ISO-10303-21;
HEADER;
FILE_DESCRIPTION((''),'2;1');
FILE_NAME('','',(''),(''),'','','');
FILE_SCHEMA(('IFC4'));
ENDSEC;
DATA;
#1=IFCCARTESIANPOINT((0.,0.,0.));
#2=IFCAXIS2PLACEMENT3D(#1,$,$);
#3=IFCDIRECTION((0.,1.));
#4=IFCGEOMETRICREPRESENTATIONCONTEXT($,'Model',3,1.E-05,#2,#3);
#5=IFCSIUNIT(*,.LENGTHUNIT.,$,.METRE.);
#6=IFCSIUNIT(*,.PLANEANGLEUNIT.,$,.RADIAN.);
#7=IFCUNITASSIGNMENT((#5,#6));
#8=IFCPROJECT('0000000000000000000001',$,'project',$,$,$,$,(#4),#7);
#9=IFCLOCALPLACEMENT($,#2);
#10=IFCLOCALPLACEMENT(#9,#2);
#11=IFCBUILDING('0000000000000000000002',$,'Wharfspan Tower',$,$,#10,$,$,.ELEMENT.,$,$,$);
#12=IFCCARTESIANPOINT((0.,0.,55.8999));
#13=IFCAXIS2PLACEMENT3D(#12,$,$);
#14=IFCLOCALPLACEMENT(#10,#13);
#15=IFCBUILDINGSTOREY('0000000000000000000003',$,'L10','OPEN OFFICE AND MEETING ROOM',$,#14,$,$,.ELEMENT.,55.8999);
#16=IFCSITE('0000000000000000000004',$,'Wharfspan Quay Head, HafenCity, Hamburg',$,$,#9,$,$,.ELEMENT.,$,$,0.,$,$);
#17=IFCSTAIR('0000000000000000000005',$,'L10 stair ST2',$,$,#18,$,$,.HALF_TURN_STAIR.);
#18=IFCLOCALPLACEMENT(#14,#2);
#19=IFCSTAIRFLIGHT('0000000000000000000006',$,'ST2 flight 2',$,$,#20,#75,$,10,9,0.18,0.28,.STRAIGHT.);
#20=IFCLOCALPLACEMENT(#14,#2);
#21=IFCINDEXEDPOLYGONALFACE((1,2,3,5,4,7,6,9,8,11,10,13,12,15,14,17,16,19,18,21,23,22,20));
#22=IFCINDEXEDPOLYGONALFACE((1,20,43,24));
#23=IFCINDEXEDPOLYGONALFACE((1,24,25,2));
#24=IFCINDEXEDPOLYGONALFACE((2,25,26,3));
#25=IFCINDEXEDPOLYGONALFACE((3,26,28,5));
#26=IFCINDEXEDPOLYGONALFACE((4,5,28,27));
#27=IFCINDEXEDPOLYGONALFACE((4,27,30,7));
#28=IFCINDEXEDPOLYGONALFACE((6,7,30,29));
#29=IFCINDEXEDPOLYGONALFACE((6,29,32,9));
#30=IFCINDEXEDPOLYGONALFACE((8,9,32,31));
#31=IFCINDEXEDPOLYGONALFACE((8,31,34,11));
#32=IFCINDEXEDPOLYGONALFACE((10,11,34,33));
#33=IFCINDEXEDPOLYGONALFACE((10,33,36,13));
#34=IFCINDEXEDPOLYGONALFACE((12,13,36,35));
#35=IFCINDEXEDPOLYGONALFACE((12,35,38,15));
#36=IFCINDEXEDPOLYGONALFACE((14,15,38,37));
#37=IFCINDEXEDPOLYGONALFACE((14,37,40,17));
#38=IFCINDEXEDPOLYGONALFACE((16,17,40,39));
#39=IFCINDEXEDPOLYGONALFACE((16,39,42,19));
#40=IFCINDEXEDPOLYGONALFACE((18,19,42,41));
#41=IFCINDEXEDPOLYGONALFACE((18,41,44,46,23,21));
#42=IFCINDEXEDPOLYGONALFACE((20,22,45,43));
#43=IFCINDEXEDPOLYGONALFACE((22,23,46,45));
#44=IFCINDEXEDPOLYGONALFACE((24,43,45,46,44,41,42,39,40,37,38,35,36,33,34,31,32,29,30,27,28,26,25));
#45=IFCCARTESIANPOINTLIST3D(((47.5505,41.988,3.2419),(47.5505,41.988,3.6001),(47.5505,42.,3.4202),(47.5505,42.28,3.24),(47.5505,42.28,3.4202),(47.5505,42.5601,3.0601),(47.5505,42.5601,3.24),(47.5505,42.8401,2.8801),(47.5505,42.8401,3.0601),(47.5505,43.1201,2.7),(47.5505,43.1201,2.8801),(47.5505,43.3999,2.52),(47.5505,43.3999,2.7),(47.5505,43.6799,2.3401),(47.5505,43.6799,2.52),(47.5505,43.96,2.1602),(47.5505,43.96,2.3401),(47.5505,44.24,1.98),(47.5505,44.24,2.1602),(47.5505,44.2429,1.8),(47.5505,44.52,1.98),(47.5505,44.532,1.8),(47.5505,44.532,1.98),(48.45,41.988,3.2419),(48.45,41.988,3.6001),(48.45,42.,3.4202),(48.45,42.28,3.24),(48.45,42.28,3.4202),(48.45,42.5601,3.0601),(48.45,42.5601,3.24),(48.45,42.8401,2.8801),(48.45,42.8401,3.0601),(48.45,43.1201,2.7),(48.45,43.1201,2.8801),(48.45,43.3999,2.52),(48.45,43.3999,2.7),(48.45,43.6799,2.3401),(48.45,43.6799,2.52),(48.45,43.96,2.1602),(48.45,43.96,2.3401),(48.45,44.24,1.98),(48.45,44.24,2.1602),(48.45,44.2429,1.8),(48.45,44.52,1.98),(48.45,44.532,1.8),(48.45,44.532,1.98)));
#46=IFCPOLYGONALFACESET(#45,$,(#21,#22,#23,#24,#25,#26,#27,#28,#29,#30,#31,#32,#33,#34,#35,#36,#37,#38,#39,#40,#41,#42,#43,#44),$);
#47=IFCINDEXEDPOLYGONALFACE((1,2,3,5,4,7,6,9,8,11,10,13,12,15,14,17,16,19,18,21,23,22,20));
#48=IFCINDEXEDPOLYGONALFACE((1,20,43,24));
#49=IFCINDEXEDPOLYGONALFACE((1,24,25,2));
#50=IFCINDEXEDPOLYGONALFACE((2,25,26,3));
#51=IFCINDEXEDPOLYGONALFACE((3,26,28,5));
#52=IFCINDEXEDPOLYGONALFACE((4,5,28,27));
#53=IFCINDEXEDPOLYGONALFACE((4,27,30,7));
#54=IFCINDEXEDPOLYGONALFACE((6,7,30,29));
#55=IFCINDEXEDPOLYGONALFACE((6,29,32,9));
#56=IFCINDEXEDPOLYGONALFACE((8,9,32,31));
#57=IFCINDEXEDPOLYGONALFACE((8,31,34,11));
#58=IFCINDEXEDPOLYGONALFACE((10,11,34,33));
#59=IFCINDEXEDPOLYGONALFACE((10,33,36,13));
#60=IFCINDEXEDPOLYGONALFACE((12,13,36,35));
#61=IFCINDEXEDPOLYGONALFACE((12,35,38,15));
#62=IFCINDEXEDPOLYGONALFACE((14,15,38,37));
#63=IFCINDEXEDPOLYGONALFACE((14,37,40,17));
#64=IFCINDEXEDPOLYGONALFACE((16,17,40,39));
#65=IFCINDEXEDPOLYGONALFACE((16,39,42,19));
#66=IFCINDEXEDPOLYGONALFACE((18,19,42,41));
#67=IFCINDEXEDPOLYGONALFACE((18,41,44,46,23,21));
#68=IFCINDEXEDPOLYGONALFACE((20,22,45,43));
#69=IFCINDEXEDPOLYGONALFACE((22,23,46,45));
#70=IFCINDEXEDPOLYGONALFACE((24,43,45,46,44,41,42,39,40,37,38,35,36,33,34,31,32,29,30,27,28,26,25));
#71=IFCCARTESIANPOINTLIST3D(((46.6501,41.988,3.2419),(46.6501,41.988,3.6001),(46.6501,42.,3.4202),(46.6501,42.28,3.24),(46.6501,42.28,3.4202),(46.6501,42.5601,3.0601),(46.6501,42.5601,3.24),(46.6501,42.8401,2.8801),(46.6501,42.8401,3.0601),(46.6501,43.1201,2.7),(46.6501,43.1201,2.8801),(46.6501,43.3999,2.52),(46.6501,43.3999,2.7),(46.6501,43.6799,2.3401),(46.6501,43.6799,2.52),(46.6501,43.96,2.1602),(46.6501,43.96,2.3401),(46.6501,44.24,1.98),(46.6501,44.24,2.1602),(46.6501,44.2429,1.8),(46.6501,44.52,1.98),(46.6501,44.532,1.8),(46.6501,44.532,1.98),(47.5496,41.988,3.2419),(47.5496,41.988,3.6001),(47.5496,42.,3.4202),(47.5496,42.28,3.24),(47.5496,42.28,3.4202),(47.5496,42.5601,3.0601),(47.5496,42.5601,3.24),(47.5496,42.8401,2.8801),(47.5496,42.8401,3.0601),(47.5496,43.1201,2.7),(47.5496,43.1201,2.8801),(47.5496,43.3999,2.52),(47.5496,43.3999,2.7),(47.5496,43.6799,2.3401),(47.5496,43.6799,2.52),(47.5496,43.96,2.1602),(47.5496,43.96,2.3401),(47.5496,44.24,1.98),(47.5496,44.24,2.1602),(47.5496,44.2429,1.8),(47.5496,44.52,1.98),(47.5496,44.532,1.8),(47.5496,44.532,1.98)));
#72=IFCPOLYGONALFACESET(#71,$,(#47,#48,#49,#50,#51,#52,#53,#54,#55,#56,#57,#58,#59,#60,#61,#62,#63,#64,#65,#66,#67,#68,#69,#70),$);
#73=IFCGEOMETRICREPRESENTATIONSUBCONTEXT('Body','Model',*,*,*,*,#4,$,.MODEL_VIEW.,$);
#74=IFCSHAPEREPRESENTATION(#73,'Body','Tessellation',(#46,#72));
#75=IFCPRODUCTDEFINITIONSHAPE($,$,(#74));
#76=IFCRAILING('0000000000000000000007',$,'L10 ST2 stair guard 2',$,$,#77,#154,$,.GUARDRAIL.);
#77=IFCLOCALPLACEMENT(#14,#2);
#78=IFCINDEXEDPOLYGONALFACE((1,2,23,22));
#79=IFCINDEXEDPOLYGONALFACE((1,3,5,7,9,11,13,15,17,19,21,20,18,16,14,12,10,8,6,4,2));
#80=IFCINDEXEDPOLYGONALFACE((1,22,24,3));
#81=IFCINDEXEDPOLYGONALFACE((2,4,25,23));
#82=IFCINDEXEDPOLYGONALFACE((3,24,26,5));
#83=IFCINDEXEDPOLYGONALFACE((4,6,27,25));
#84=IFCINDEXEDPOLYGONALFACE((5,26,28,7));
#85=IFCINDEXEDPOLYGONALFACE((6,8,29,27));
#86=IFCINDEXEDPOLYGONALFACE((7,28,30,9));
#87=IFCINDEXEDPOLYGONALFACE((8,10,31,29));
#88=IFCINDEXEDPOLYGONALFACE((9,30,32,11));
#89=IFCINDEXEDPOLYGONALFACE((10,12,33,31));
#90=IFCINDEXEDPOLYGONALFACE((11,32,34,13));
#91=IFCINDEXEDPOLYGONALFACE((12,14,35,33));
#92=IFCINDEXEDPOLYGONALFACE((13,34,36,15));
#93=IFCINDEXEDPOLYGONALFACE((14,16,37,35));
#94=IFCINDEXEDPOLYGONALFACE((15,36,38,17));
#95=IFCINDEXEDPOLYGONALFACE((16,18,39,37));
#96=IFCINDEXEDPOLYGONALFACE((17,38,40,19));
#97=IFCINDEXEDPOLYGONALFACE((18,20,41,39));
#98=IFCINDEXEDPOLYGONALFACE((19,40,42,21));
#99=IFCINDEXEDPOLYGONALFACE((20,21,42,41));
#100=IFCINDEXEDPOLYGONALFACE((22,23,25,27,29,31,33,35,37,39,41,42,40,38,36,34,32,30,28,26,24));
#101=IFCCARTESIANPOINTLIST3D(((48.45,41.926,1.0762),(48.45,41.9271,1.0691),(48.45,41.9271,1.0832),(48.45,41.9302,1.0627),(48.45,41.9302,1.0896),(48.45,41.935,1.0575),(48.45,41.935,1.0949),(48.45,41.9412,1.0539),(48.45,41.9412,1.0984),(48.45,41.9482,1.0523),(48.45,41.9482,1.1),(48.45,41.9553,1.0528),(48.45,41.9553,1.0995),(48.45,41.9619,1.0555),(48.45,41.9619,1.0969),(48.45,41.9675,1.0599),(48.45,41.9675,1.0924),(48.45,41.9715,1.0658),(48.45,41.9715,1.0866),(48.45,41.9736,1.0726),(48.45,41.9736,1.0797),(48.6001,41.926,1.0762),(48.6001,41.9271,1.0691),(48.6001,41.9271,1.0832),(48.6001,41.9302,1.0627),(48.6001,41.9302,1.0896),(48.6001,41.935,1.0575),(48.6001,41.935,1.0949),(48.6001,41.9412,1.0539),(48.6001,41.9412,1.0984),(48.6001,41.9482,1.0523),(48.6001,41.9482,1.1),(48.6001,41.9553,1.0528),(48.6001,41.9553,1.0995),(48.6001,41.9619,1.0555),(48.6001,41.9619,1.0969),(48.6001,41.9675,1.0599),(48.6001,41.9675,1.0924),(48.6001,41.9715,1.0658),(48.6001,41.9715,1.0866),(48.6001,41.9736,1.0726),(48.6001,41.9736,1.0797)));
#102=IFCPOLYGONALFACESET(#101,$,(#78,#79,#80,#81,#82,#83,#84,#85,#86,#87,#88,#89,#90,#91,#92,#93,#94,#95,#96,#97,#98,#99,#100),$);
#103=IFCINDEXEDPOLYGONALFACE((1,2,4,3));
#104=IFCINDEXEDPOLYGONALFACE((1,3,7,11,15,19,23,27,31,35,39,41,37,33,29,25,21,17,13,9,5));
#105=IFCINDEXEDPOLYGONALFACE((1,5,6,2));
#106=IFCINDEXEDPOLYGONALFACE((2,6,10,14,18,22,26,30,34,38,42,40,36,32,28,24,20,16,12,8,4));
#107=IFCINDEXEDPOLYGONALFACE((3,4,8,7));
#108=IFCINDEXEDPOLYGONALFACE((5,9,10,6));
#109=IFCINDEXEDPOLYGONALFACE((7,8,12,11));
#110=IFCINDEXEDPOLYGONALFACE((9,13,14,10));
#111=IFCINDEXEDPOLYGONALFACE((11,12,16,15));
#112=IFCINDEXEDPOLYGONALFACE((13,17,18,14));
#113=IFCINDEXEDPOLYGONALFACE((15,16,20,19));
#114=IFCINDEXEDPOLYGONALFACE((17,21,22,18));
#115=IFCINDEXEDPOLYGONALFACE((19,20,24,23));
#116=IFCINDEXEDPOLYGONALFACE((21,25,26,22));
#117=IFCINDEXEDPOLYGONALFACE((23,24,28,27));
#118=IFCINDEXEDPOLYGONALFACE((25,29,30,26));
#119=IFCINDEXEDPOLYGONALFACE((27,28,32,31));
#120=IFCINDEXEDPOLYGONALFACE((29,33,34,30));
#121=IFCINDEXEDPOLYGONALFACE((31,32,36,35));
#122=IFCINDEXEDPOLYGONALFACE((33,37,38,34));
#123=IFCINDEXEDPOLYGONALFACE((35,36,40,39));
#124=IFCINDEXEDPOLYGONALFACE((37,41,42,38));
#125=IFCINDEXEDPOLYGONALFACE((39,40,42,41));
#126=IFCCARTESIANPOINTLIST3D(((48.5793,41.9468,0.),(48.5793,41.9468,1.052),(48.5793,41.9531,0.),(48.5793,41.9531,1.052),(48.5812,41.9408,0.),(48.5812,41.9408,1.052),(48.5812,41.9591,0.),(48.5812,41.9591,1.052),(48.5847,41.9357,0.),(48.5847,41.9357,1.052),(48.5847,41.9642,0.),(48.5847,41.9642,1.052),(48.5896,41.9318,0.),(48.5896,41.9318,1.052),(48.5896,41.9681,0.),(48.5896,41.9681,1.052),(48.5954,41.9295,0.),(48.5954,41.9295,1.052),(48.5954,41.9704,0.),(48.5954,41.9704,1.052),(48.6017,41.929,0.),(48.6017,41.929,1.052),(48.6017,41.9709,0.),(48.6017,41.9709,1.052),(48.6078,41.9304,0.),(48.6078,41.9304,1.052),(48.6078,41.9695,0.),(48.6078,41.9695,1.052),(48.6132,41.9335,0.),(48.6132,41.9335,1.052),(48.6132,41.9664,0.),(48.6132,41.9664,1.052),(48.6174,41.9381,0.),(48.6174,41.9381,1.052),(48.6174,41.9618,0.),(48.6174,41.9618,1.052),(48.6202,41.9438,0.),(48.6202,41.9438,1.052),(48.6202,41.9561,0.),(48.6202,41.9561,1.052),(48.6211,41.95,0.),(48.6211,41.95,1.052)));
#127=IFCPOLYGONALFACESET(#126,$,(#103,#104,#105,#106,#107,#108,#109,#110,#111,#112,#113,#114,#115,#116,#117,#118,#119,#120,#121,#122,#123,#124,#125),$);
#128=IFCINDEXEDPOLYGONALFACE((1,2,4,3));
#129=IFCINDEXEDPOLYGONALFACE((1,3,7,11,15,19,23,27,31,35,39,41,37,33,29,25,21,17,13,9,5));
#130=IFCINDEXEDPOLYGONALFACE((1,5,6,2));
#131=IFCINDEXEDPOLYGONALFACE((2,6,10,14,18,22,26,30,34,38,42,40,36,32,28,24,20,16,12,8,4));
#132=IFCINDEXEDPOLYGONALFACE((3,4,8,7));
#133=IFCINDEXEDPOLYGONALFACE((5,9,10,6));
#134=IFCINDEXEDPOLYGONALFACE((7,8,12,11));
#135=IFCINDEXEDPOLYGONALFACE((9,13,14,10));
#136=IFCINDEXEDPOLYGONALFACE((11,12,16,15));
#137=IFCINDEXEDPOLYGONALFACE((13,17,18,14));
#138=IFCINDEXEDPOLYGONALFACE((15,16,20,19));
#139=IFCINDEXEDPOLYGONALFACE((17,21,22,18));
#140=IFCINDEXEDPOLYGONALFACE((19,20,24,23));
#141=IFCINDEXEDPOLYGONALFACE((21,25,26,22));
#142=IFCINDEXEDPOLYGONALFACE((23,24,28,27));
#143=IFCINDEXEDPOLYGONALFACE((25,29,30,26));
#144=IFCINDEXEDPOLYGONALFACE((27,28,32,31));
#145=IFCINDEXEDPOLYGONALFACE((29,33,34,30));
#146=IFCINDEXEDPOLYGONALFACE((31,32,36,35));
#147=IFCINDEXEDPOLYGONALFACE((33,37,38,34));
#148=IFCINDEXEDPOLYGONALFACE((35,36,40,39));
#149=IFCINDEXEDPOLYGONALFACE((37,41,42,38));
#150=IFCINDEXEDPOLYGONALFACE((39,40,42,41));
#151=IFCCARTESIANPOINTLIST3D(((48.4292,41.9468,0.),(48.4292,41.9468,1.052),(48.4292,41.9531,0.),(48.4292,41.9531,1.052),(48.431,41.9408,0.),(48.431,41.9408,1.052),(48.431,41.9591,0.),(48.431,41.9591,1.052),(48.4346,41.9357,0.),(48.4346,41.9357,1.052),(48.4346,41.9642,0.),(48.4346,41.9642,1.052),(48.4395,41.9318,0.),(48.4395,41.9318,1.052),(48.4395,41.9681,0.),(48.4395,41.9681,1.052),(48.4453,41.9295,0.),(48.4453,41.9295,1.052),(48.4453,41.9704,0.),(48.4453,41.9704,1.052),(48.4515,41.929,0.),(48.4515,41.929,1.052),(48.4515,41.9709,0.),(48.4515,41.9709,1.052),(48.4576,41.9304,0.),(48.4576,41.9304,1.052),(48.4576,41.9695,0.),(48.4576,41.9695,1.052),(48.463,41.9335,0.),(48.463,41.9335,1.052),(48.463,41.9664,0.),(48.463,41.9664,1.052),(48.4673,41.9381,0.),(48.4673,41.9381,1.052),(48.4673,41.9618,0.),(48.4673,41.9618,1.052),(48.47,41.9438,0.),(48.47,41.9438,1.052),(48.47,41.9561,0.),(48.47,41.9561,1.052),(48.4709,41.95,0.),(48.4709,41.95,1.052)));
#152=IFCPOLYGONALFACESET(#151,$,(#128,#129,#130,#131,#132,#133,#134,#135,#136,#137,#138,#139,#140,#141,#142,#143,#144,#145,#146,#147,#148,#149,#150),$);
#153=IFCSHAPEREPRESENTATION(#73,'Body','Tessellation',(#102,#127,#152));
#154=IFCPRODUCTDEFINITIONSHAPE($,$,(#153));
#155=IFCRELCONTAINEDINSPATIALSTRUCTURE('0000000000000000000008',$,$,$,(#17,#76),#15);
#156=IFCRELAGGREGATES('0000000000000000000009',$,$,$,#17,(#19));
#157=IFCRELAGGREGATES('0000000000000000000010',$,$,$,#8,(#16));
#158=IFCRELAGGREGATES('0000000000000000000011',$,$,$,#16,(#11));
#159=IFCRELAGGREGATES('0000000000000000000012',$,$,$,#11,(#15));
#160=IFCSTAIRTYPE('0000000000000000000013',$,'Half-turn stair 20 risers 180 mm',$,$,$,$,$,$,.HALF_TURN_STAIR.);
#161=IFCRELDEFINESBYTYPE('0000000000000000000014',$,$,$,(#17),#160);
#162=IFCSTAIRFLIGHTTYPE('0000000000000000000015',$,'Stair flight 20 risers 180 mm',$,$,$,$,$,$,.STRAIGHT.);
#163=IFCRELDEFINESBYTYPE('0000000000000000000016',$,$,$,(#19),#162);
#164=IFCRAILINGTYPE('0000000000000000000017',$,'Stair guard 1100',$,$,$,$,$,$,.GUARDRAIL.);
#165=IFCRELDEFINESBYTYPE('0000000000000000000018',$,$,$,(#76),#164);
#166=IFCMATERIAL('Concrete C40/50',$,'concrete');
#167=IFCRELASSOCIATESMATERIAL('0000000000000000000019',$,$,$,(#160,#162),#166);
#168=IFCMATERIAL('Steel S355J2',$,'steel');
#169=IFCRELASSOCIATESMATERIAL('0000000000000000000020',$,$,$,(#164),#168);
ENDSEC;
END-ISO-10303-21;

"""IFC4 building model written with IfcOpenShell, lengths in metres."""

from ifc_helpers import new_model, si_unit, direction, frame, origin, origin_2d, place, context, subcontext, project, spatial, polyline, circle, outline, extrude, material, type_object, element, aggregate, save


model = new_model("IFC4")

# Units and contexts
model_context = context("Model", 3, precision=1e-05, world=origin(), true_north=direction((0.0, 1.0)))
body_context = subcontext(model_context, "Body", "Model", "MODEL_VIEW")
ifc_project = project(units=[si_unit("LENGTHUNIT", "METRE"), si_unit("PLANEANGLEUNIT", "RADIAN")], contexts=[model_context])

# Site, building, storey
site_placement = place(None, origin())
site = spatial("IfcSite", under=ifc_project, at=site_placement, Name="Wharfspan Quay Head, HafenCity, Hamburg", CompositionType="ELEMENT", RefElevation=0.0)
building_placement = place(site_placement, origin())
building = spatial("IfcBuilding", under=site, at=building_placement, Name="Wharfspan Tower", CompositionType="ELEMENT")
storey_placement = place(building_placement, frame((0.0, 0.0, 55.8999)))
storey = spatial("IfcBuildingStorey", under=building, at=storey_placement, Name="L10", Description="OPEN OFFICE AND MEETING ROOM", CompositionType="ELEMENT", Elevation=55.8999)

# Shared definitions
ifc_material_1 = material(Name="Steel S355J2", Category="steel")

# Shared definitions
ifc_material_2 = material(Name="Concrete C40/50", Category="concrete")

# Stair, stair flight
stair_type = type_object("IfcStairType", Name="Half-turn stair 20 risers 180 mm", PredefinedType="HALF_TURN_STAIR", material=ifc_material_2)
stair_placement = place(storey_placement, origin())
stair = element("IfcStair", 1, at=stair_placement, inside=storey, type_object=stair_type, Name="L10 stair ST2", PredefinedType="HALF_TURN_STAIR")
stair_flight_type = type_object("IfcStairFlightType", Name="Stair flight 20 risers 180 mm", PredefinedType="STRAIGHT", material=ifc_material_2)
stair_flight_1_placement = place(storey_placement, frame((47.55, 44.52, 1.8), z_axis=(0.0, 0.0, 1.0), x_axis=(0.0, -1.0, 0.0)))
stair_flight_1 = element("IfcStairFlight", 2, at=stair_flight_1_placement, type_object=stair_flight_type, Name="ST2 flight 2", NumberOfRisers=10, NumberOfTreads=9, PredefinedType="STRAIGHT", RiserHeight=0.18, TreadLength=0.28, context=body_context, shape_type="SweptSolid", body=[
    extrude(outline(polyline([(-0.012, 0.0), (-0.012, 0.1799), (0.0, 0.1799), (0.28, 0.1799), (0.28, 0.3601), (0.5601, 0.3601), (0.5601, 0.54), (0.8401, 0.54), (0.8401, 0.72), (1.1201, 0.72), (1.1201, 0.8999), (1.3999, 0.8999), (1.3999, 1.0801), (1.6799, 1.0801), (1.6799, 1.26), (1.96, 1.26), (1.96, 1.4399), (2.24, 1.4399), (2.24, 1.6201), (2.52, 1.6201), (2.532, 1.8), (2.532, 1.4419), (0.2771, 0.0), (-0.012, 0.0)])), frame((0.0, 0.8999, 0.0), z_axis=(0.0, -1.0, 0.0), x_axis=(1.0, 0.0, 0.0)), (0.0, 0.0, 1.0), 0.8994),
    extrude(outline(polyline([(-0.012, 0.0), (-0.012, 0.1799), (0.0, 0.1799), (0.28, 0.1799), (0.28, 0.3601), (0.5601, 0.3601), (0.5601, 0.54), (0.8401, 0.54), (0.8401, 0.72), (1.1201, 0.72), (1.1201, 0.8999), (1.3999, 0.8999), (1.3999, 1.0801), (1.6799, 1.0801), (1.6799, 1.26), (1.96, 1.26), (1.96, 1.4399), (2.24, 1.4399), (2.24, 1.6201), (2.52, 1.6201), (2.532, 1.8), (2.532, 1.4419), (0.2771, 0.0), (-0.012, 0.0)])), frame((0.0, -0.0005, 0.0), z_axis=(0.0, -1.0, 0.0), x_axis=(1.0, 0.0, 0.0)), (0.0, 0.0, 1.0), 0.8994),
])
aggregate(stair, [stair_flight_1])

# Railing
railing_type_1 = type_object("IfcRailingType", Name="Stair guard 1100", PredefinedType="GUARDRAIL", material=ifc_material_1)
railing_1_placement = place(storey_placement, frame((48.6001, 41.95, 0.0)))
element("IfcRailing", 3, at=railing_1_placement, inside=storey, type_object=railing_type_1, Name="L10 ST2 stair guard 2", PredefinedType="GUARDRAIL", context=body_context, shape_type="SweptSolid", body=[
    extrude(circle(Radius=0.0239, at=origin_2d()), frame((0.0, 0.0, 1.0762), z_axis=(-1.0, 0.0, 0.0), x_axis=(0.0, -1.0, 0.0)), (0.0, 0.0, 1.0), 0.1501),
    extrude(circle(Radius=0.021, at=origin_2d()), origin(), (0.0, 0.0, 1.0), 1.052),
    extrude(circle(Radius=0.021, at=origin_2d()), frame((-0.1501, 0.0, 0.0)), (0.0, 0.0, 1.0), 1.052),
])

save(model, "model.ifc")
